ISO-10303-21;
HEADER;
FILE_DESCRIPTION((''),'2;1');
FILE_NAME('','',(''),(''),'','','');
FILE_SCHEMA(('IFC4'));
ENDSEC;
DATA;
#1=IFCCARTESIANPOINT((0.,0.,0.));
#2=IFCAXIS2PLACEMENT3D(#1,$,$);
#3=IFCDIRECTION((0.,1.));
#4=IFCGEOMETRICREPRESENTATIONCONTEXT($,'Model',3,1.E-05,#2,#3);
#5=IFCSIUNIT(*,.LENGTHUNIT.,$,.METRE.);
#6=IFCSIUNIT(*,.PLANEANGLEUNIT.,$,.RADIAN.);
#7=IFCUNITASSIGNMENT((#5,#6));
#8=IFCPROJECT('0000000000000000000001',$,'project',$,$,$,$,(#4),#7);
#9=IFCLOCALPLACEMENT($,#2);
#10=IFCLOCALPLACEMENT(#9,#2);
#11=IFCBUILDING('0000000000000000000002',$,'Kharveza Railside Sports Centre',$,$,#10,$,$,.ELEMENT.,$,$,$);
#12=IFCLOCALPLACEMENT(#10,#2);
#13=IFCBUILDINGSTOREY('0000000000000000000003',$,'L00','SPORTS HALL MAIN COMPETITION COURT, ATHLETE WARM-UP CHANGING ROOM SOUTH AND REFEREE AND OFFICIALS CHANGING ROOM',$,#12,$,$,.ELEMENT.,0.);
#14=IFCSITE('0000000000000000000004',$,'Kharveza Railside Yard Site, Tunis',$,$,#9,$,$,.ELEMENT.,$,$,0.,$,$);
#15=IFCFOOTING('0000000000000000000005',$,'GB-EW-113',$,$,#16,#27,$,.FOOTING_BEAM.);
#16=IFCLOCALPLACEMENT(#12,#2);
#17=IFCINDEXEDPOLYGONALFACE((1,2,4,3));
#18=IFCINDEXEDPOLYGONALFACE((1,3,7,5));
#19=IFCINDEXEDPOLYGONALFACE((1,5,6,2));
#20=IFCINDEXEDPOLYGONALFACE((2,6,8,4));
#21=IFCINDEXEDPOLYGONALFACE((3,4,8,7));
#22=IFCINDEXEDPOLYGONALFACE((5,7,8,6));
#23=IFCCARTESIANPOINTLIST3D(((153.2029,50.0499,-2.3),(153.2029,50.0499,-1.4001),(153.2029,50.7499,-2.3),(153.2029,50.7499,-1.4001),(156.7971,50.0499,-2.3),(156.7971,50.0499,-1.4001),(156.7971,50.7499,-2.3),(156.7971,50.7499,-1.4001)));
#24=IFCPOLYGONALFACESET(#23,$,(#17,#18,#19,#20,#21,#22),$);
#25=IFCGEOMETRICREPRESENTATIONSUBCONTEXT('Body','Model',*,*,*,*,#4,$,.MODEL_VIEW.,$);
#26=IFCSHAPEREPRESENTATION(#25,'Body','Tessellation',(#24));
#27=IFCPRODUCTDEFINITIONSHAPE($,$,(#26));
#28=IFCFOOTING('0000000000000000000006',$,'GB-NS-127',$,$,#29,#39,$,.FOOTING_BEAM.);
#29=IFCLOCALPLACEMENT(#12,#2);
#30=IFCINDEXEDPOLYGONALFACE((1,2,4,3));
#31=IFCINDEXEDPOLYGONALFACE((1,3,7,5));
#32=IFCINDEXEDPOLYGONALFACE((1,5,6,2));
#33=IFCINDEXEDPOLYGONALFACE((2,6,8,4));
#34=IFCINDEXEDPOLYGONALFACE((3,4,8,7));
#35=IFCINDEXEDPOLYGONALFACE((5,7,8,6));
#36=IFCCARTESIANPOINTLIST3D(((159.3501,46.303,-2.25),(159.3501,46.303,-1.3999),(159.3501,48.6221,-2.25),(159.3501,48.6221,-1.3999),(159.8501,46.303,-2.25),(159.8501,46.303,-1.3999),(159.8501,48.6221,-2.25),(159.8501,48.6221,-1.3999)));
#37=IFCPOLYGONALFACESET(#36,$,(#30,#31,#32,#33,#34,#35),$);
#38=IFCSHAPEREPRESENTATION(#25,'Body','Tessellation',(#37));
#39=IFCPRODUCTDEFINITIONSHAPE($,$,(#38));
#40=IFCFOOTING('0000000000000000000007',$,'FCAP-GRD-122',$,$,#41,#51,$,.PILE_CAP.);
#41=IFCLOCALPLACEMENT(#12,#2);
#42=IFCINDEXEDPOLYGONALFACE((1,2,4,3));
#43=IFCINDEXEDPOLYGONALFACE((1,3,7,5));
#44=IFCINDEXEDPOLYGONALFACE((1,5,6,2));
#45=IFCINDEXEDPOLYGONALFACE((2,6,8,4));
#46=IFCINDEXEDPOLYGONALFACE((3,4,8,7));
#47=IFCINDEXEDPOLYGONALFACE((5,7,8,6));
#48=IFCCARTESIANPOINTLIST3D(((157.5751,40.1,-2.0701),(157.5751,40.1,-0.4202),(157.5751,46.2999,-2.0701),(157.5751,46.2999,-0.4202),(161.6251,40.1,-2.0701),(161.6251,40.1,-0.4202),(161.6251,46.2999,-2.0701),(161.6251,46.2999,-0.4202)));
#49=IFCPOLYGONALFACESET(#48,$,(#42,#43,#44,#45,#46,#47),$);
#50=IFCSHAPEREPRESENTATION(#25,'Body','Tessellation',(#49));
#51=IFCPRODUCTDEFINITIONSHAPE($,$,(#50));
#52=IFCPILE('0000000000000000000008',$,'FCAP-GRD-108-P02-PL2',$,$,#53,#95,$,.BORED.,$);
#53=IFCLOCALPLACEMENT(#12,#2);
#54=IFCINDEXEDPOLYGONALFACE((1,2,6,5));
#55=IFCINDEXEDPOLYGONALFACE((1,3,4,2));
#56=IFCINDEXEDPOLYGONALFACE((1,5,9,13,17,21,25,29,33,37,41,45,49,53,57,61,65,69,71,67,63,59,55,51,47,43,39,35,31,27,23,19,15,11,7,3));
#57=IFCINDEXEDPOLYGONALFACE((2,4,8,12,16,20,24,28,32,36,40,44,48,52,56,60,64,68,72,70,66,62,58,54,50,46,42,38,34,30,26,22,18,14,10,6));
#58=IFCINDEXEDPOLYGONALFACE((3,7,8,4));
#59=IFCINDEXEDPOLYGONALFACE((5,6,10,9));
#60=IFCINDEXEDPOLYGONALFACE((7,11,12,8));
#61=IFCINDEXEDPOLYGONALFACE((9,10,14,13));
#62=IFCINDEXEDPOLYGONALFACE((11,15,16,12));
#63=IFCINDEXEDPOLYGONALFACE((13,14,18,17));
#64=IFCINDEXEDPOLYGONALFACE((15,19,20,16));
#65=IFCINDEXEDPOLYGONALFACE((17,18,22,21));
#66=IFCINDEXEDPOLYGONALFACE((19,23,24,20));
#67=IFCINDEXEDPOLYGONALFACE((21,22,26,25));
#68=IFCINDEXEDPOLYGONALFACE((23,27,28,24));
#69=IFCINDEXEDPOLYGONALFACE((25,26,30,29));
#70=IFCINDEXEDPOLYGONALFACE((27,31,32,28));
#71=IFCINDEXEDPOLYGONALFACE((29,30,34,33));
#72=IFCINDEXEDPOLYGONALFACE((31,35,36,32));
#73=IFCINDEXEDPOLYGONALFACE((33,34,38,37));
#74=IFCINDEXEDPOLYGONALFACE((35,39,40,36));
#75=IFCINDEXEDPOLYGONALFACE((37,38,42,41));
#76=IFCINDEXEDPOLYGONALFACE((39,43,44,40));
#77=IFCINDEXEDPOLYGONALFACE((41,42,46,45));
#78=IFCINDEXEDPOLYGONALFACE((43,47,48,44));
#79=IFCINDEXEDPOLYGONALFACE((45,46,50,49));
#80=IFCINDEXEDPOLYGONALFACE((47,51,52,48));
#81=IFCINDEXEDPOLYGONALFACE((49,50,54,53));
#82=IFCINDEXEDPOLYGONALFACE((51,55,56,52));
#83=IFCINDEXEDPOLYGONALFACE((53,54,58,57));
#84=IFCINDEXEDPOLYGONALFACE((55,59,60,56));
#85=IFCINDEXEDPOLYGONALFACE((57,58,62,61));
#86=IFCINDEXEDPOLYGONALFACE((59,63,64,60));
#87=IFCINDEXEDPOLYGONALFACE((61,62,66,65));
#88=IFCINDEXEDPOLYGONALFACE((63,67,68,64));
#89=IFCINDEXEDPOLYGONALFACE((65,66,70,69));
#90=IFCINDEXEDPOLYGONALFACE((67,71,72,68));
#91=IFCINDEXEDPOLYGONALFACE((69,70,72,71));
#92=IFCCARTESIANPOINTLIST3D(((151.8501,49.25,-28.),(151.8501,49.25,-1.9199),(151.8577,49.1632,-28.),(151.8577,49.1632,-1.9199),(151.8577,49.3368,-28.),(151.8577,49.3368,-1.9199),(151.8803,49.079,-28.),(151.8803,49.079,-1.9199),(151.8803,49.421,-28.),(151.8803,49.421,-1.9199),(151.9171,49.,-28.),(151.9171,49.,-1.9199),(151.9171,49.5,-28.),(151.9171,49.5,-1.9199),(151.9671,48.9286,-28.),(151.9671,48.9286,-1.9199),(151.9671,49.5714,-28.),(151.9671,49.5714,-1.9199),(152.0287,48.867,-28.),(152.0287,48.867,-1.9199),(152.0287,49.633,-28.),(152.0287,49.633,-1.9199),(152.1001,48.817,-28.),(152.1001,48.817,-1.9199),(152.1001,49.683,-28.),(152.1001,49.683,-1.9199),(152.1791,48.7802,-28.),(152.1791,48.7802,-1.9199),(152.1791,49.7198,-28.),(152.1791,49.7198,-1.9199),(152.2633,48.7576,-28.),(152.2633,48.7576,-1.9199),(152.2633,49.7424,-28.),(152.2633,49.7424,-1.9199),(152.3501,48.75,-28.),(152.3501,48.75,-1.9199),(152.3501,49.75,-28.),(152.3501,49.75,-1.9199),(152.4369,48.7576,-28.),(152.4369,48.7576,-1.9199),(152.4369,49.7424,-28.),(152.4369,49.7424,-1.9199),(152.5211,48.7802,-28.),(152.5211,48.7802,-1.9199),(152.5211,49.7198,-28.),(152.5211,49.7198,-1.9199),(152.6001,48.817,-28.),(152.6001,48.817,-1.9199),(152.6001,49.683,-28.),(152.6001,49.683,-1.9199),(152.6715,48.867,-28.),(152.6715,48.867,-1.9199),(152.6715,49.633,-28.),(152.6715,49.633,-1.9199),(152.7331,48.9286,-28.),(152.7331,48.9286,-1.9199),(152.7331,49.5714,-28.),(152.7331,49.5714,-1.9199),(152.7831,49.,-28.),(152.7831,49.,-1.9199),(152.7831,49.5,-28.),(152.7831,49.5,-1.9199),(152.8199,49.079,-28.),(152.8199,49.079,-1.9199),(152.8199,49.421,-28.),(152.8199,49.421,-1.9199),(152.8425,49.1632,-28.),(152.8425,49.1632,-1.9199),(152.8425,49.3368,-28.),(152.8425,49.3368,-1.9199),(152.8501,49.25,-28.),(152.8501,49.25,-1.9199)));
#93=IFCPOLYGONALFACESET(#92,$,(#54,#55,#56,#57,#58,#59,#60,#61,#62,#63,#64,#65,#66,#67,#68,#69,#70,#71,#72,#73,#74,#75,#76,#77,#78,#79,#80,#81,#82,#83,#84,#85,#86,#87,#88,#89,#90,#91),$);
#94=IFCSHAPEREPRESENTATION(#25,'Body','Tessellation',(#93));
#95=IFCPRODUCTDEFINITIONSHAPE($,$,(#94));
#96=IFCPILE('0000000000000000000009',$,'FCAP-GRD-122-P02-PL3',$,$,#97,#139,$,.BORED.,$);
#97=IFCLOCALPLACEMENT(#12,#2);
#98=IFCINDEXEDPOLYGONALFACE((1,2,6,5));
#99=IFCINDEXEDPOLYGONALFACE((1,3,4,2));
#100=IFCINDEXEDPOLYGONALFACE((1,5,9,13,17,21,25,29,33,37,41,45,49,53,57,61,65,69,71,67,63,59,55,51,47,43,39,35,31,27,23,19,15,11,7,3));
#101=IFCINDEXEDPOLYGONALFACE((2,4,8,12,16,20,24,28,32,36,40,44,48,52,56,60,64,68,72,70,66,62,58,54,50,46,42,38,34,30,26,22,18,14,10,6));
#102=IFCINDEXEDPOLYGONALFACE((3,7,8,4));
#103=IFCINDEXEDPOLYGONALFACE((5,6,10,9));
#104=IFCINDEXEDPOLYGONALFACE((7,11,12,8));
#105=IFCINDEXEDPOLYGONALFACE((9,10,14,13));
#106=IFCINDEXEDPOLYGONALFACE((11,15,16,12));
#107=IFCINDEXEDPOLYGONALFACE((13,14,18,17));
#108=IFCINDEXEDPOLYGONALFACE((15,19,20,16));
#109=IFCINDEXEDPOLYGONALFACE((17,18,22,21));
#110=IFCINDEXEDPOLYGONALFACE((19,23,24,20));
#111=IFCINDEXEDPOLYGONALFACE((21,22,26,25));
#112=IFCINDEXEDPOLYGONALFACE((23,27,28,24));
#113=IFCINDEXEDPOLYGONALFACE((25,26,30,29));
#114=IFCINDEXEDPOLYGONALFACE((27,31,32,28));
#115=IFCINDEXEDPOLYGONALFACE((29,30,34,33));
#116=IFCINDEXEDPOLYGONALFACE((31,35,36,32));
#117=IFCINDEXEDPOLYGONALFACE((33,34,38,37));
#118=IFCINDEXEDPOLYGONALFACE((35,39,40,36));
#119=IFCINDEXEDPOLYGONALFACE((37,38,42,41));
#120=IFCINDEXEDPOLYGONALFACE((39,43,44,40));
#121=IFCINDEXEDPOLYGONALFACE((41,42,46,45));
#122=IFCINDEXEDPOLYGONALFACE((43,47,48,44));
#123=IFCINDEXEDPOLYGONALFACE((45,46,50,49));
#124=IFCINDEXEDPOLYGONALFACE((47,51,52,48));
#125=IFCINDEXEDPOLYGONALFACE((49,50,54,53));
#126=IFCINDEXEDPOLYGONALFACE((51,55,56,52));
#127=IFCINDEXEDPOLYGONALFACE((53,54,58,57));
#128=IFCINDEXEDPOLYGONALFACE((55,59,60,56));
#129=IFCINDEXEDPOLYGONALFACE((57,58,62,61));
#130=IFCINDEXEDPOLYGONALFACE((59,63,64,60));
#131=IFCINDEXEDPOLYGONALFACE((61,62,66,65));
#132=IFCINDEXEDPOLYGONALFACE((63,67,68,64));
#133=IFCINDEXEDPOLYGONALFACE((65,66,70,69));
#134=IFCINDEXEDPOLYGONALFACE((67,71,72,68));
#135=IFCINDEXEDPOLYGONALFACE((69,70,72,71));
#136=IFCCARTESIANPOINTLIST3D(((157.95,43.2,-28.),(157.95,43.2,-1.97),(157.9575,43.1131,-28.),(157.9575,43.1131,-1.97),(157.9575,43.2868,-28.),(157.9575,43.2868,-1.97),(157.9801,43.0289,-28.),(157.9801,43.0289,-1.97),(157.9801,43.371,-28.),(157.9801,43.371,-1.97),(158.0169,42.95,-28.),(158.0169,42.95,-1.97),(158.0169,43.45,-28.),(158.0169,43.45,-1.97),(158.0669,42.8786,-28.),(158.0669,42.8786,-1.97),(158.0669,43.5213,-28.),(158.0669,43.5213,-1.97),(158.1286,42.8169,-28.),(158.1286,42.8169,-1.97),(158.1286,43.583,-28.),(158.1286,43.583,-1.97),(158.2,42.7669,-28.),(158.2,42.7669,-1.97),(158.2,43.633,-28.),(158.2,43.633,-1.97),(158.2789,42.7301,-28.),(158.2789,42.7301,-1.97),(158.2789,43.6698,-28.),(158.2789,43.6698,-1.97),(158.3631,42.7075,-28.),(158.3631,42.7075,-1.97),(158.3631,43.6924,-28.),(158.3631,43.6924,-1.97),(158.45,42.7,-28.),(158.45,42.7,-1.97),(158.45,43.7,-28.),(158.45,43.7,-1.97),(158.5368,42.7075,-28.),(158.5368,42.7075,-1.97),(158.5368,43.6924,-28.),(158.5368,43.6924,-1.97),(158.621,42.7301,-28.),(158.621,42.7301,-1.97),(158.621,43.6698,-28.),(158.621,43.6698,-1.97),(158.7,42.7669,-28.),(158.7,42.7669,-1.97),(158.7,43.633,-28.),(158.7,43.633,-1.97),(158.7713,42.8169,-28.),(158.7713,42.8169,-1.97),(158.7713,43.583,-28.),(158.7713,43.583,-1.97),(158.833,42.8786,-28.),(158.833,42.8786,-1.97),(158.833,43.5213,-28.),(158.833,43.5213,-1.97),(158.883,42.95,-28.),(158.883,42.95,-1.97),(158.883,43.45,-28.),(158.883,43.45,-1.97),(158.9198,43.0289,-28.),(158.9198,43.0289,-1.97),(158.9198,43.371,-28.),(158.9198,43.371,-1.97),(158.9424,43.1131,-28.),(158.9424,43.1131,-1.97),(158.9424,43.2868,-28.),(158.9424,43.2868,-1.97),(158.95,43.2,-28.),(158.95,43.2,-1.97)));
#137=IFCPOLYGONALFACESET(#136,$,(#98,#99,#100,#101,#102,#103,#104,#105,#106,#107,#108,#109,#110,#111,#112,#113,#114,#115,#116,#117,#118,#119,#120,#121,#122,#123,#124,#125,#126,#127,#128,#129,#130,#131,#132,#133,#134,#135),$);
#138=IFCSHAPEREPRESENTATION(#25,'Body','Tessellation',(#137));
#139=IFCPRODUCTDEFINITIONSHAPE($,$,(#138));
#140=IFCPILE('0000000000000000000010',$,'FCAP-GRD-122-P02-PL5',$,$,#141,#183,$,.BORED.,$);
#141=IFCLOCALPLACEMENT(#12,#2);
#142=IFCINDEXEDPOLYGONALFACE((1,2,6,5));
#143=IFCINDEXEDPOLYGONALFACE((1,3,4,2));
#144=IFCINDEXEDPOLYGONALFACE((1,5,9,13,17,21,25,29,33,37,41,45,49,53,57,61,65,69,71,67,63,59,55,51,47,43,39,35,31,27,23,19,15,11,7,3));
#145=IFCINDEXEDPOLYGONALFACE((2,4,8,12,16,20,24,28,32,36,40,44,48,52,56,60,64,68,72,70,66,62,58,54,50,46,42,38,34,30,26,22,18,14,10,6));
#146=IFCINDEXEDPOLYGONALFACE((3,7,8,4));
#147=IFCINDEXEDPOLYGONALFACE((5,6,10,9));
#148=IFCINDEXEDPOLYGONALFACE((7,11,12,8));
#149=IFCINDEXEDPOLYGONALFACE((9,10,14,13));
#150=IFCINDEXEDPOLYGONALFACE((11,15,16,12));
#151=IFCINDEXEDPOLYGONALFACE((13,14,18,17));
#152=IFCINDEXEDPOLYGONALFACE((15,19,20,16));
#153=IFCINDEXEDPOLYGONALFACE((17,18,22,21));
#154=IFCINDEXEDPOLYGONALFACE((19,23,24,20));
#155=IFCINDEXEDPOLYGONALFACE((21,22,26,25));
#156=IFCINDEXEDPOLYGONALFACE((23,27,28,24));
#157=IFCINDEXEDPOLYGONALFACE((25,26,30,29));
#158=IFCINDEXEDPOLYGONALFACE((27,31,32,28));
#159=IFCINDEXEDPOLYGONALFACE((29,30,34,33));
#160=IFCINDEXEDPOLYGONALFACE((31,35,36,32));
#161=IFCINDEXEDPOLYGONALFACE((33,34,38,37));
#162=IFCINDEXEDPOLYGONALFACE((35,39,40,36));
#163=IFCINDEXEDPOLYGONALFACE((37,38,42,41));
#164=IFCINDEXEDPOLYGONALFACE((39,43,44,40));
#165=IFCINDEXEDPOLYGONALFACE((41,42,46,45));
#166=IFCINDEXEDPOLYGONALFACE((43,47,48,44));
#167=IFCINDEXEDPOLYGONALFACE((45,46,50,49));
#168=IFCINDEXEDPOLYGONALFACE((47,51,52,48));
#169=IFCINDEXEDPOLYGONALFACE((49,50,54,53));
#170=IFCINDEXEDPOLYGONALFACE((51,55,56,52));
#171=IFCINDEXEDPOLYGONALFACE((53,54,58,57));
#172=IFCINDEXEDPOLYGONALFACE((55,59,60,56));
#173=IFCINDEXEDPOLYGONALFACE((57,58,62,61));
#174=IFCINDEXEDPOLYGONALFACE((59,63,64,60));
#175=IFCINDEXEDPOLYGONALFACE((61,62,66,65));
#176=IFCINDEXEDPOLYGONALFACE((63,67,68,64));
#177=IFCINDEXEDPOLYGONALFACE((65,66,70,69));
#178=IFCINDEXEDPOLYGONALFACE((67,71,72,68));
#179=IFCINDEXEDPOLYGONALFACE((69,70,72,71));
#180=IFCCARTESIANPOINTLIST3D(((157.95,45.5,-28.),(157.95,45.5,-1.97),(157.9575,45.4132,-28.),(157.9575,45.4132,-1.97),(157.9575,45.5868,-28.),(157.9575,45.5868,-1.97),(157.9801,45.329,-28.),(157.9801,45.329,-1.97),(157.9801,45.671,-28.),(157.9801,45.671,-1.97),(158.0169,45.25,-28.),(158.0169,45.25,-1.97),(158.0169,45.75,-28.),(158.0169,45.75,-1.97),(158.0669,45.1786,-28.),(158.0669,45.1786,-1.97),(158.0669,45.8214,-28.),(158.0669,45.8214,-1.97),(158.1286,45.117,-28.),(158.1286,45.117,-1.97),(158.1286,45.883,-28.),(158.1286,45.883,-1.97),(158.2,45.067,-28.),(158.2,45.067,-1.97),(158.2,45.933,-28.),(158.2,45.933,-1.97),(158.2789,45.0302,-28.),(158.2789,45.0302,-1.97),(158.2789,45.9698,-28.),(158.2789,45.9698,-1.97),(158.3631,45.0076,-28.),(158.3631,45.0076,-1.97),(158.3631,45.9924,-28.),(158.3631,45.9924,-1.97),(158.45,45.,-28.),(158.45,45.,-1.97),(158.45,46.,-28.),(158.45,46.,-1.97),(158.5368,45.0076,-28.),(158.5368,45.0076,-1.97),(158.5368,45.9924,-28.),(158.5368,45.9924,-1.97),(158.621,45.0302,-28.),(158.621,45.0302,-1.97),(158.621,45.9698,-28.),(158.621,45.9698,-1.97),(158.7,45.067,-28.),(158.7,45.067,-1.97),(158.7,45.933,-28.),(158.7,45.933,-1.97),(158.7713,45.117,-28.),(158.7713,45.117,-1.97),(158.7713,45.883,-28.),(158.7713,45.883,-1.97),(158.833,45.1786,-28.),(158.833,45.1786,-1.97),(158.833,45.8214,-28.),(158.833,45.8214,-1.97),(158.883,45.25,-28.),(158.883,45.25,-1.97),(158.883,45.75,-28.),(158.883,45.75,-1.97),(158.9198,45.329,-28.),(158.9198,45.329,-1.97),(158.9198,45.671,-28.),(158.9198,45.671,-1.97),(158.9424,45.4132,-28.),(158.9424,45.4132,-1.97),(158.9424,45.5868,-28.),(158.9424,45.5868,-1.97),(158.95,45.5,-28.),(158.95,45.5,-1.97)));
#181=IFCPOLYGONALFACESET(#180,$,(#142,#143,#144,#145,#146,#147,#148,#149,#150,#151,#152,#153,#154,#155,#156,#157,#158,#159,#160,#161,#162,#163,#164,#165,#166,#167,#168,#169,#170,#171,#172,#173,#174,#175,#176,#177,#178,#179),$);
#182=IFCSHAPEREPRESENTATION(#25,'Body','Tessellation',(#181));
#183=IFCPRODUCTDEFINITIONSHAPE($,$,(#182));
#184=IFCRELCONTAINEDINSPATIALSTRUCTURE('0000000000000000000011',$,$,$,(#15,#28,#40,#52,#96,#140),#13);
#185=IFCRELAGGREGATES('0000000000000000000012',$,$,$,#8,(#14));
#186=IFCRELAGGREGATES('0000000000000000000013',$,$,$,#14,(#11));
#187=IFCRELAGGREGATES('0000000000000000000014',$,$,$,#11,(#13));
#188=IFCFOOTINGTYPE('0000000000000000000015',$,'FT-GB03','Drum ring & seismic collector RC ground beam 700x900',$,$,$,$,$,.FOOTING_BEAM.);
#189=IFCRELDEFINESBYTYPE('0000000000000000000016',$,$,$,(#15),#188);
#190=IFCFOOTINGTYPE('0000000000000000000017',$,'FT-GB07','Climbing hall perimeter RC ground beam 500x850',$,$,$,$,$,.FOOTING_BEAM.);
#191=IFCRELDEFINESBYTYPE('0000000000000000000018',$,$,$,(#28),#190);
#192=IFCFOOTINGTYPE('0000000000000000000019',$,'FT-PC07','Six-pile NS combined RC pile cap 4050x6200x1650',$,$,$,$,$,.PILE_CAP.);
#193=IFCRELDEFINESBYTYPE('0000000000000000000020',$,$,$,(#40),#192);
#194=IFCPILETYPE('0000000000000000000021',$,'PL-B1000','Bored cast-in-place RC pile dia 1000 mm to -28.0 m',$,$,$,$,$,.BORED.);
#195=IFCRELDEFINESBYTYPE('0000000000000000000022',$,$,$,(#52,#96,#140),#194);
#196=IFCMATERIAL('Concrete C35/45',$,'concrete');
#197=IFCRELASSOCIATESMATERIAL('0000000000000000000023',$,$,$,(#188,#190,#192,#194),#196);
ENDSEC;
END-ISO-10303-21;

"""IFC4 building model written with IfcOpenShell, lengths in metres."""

from ifc_helpers import new_model, si_unit, direction, frame, origin, origin_2d, place, context, subcontext, project, spatial, rectangle, circle, extrude, material, material_profile, profile_set, type_object, element, save


model = new_model("IFC4")

# Units and contexts
model_context = context("Model", 3, precision=1e-05, world=origin(), true_north=direction((0.0, 1.0)))
body_context = subcontext(model_context, "Body", "Model", "MODEL_VIEW")
ifc_project = project(units=[si_unit("LENGTHUNIT", "METRE"), si_unit("PLANEANGLEUNIT", "RADIAN")], contexts=[model_context])

# Site, building, storey
site_placement = place(None, origin())
site = spatial("IfcSite", under=ifc_project, at=site_placement, Name="Kharveza Railside Yard Site, Tunis", CompositionType="ELEMENT", RefElevation=0.0)
building_placement = place(site_placement, origin())
building = spatial("IfcBuilding", under=site, at=building_placement, Name="Kharveza Railside Sports Centre", CompositionType="ELEMENT")
storey_placement = place(building_placement, origin())
storey = spatial("IfcBuildingStorey", under=building, at=storey_placement, Name="L00", Description="SPORTS HALL MAIN COMPETITION COURT, ATHLETE WARM-UP CHANGING ROOM SOUTH AND REFEREE AND OFFICIALS CHANGING ROOM", CompositionType="ELEMENT", Elevation=0.0)

# Footings
ifc_material_1 = material(Name="Concrete C35/45", Category="concrete")
ifc_material_profile_1 = material_profile(ifc_material_1, rectangle(XDim=0.7, YDim=0.8999, at=origin_2d()), Name="GB 700x900")
ifc_profile_set_1 = profile_set([ifc_material_profile_1], Name="Concrete C35/45")
footing_type_1 = type_object("IfcFootingType", Name="FT-GB03", Description="Drum ring & seismic collector RC ground beam 700x900", PredefinedType="FOOTING_BEAM", material=ifc_profile_set_1)
footing_1_placement = place(storey_placement, frame((153.2029, 50.3999, -1.8501), z_axis=(1.0, 0.0, 0.0), x_axis=(0.0, 1.0, 0.0)))
element("IfcFooting", 1, at=footing_1_placement, inside=storey, type_object=footing_type_1, Name="GB-EW-113", PredefinedType="FOOTING_BEAM", context=body_context, shape_type="SweptSolid", body=[
    extrude(rectangle(XDim=0.7, YDim=0.8999, at=origin_2d()), origin(), (0.0, 0.0, 1.0), 3.5942),
])
ifc_material_profile_2 = material_profile(ifc_material_1, rectangle(XDim=0.5, YDim=0.8501, at=origin_2d()), Name="GB 500x850")
ifc_profile_set_2 = profile_set([ifc_material_profile_2], Name="Concrete C35/45")
footing_type_2 = type_object("IfcFootingType", Name="FT-GB07", Description="Climbing hall perimeter RC ground beam 500x850", PredefinedType="FOOTING_BEAM", material=ifc_profile_set_2)
footing_2_placement = place(storey_placement, frame((159.6001, 46.303, -1.825), z_axis=(0.0, 1.0, 0.0), x_axis=(-1.0, 0.0, 0.0)))
element("IfcFooting", 2, at=footing_2_placement, inside=storey, type_object=footing_type_2, Name="GB-NS-127", PredefinedType="FOOTING_BEAM", context=body_context, shape_type="SweptSolid", body=[
    extrude(rectangle(XDim=0.5, YDim=0.8501, at=origin_2d()), origin(), (0.0, 0.0, 1.0), 2.3191),
])
footing_type_3 = type_object("IfcFootingType", Name="FT-PC07", Description="Six-pile NS combined RC pile cap 4050x6200x1650", PredefinedType="PILE_CAP", material=ifc_material_1)
footing_3_placement = place(storey_placement, frame((159.6001, 43.2, -2.0701), z_axis=(0.0, 0.0, 1.0), x_axis=(1.0, 0.0, 0.0)))
element("IfcFooting", 3, at=footing_3_placement, inside=storey, type_object=footing_type_3, Name="FCAP-GRD-122", PredefinedType="PILE_CAP", context=body_context, shape_type="SweptSolid", body=[
    extrude(rectangle(XDim=4.05, YDim=6.2, at=origin_2d()), origin(), (0.0, 0.0, 1.0), 1.6499),
])

# Piles
ifc_material_profile_3 = material_profile(ifc_material_1, circle(Radius=0.5, at=origin_2d()), Name="PILE D1000")
ifc_profile_set_3 = profile_set([ifc_material_profile_3], Name="Concrete C35/45")
pile_type_1 = type_object("IfcPileType", Name="PL-B1000", Description="Bored cast-in-place RC pile dia 1000 mm to -28.0 m", PredefinedType="BORED", material=ifc_profile_set_3)
pile_placement = place(storey_placement, frame((152.3501, 49.25, -1.9199), z_axis=(0.0, 0.0, -1.0), x_axis=(1.0, 0.0, 0.0)))
element("IfcPile", 4, at=pile_placement, inside=storey, type_object=pile_type_1, Name="FCAP-GRD-108-P02-PL2", PredefinedType="BORED", context=body_context, shape_type="SweptSolid", body=[
    extrude(circle(Radius=0.5, at=origin_2d()), origin(), (0.0, 0.0, 1.0), 26.0801),
])
for number, where, z_axis, x_axis, name in (
    (5, (158.45, 43.2, -1.97), (0.0, 0.0, -1.0), (1.0, 0.0, 0.0), "FCAP-GRD-122-P02-PL3"),
    (6, (158.45, 45.5, -1.97), (0.0, 0.0, -1.0), (1.0, 0.0, 0.0), "FCAP-GRD-122-P02-PL5"),
):
    element("IfcPile", number, at=place(storey_placement, frame(where, z_axis=z_axis, x_axis=x_axis)), inside=storey, type_object=pile_type_1, Name=name, PredefinedType="BORED", context=body_context, shape_type="SweptSolid", body=[
        extrude(circle(Radius=0.5, at=origin_2d()), origin(), (0.0, 0.0, 1.0), 26.03),
    ])

save(model, "model.ifc")
